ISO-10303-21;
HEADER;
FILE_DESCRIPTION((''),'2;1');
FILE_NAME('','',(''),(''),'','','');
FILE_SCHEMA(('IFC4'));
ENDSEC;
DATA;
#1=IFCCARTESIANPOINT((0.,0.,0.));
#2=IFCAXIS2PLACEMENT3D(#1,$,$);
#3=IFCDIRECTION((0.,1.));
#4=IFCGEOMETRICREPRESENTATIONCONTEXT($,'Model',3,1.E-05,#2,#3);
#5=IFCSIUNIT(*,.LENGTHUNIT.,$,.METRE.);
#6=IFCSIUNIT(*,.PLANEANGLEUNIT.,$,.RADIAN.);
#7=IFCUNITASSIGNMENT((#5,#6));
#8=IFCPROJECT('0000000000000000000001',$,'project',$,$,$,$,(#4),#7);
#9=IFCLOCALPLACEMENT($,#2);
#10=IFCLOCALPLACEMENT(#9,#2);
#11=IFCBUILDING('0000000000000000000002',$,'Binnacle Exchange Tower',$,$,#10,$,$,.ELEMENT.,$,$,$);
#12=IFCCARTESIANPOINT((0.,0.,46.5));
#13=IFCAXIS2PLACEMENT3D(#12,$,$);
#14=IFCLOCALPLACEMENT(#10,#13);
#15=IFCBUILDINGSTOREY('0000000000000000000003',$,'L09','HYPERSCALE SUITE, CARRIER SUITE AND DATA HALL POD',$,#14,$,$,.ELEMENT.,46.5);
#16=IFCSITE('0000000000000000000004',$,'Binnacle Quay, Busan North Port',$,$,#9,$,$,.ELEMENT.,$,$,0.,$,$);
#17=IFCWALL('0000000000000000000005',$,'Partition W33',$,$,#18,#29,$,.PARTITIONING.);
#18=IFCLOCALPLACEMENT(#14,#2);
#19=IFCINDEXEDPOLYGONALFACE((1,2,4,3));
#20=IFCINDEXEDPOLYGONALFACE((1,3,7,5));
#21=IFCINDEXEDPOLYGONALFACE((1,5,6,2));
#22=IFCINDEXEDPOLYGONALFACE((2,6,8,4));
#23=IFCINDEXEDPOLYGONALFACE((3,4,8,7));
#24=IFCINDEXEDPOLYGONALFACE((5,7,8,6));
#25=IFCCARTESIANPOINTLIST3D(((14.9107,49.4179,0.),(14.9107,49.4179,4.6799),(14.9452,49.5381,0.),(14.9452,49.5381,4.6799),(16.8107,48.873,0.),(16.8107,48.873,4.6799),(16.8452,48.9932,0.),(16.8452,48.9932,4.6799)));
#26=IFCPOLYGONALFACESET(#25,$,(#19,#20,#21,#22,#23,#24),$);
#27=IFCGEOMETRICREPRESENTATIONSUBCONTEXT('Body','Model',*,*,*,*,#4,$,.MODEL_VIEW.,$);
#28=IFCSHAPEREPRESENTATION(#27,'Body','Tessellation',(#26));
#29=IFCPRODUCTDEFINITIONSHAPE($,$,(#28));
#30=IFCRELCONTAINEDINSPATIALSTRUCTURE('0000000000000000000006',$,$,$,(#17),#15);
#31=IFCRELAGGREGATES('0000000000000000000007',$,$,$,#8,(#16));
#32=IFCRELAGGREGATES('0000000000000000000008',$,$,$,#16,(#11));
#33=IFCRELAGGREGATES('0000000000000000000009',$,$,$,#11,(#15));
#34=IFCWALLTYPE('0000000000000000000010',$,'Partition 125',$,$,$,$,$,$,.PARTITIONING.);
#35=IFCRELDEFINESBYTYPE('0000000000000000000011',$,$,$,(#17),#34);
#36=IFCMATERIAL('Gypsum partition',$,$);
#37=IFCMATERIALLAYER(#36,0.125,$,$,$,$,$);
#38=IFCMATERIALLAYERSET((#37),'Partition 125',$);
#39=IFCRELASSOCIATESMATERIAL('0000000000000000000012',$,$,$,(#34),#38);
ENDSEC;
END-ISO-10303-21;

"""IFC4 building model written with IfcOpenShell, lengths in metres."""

from ifc_helpers import new_model, si_unit, direction, frame, frame_2d, origin, place, context, subcontext, project, spatial, rectangle, extrude, material, layer, layer_set, type_object, element, save


model = new_model("IFC4")

# Units and contexts
model_context = context("Model", 3, precision=1e-05, world=origin(), true_north=direction((0.0, 1.0)))
body_context = subcontext(model_context, "Body", "Model", "MODEL_VIEW")
ifc_project = project(units=[si_unit("LENGTHUNIT", "METRE"), si_unit("PLANEANGLEUNIT", "RADIAN")], contexts=[model_context])

# Site, building, storey
site_placement = place(None, origin())
site = spatial("IfcSite", under=ifc_project, at=site_placement, Name="Binnacle Quay, Busan North Port", CompositionType="ELEMENT", RefElevation=0.0)
building_placement = place(site_placement, origin())
building = spatial("IfcBuilding", under=site, at=building_placement, Name="Binnacle Exchange Tower", CompositionType="ELEMENT")
storey_placement = place(building_placement, frame((0.0, 0.0, 46.5)))
storey = spatial("IfcBuildingStorey", under=building, at=storey_placement, Name="L09", Description="HYPERSCALE SUITE, CARRIER SUITE AND DATA HALL POD", CompositionType="ELEMENT", Elevation=46.5)

# Shared definitions
ifc_material_1 = material(Name="Gypsum partition")
ifc_layer_1 = layer(ifc_material_1, 0.125)
ifc_layer_set_1 = layer_set([ifc_layer_1], Name="Partition 125")
wall_type_1 = type_object("IfcWallType", Name="Partition 125", PredefinedType="PARTITIONING", material=ifc_layer_set_1)

# Wall
wall_1_placement = place(storey_placement, frame((14.928, 49.478, 0.0), z_axis=(0.0, 0.0, 1.0), x_axis=(0.961244, -0.2757, 0.0)))
element("IfcWall", 1, at=wall_1_placement, inside=storey, type_object=wall_type_1, Name="Partition W33", PredefinedType="PARTITIONING", context=body_context, shape_type="SweptSolid", body=[
    extrude(rectangle(XDim=1.9766, YDim=0.125, at=frame_2d((0.9883, 0.0))), origin(), (0.0, 0.0, 1.0), 4.6799),
])

save(model, "model.ifc")
